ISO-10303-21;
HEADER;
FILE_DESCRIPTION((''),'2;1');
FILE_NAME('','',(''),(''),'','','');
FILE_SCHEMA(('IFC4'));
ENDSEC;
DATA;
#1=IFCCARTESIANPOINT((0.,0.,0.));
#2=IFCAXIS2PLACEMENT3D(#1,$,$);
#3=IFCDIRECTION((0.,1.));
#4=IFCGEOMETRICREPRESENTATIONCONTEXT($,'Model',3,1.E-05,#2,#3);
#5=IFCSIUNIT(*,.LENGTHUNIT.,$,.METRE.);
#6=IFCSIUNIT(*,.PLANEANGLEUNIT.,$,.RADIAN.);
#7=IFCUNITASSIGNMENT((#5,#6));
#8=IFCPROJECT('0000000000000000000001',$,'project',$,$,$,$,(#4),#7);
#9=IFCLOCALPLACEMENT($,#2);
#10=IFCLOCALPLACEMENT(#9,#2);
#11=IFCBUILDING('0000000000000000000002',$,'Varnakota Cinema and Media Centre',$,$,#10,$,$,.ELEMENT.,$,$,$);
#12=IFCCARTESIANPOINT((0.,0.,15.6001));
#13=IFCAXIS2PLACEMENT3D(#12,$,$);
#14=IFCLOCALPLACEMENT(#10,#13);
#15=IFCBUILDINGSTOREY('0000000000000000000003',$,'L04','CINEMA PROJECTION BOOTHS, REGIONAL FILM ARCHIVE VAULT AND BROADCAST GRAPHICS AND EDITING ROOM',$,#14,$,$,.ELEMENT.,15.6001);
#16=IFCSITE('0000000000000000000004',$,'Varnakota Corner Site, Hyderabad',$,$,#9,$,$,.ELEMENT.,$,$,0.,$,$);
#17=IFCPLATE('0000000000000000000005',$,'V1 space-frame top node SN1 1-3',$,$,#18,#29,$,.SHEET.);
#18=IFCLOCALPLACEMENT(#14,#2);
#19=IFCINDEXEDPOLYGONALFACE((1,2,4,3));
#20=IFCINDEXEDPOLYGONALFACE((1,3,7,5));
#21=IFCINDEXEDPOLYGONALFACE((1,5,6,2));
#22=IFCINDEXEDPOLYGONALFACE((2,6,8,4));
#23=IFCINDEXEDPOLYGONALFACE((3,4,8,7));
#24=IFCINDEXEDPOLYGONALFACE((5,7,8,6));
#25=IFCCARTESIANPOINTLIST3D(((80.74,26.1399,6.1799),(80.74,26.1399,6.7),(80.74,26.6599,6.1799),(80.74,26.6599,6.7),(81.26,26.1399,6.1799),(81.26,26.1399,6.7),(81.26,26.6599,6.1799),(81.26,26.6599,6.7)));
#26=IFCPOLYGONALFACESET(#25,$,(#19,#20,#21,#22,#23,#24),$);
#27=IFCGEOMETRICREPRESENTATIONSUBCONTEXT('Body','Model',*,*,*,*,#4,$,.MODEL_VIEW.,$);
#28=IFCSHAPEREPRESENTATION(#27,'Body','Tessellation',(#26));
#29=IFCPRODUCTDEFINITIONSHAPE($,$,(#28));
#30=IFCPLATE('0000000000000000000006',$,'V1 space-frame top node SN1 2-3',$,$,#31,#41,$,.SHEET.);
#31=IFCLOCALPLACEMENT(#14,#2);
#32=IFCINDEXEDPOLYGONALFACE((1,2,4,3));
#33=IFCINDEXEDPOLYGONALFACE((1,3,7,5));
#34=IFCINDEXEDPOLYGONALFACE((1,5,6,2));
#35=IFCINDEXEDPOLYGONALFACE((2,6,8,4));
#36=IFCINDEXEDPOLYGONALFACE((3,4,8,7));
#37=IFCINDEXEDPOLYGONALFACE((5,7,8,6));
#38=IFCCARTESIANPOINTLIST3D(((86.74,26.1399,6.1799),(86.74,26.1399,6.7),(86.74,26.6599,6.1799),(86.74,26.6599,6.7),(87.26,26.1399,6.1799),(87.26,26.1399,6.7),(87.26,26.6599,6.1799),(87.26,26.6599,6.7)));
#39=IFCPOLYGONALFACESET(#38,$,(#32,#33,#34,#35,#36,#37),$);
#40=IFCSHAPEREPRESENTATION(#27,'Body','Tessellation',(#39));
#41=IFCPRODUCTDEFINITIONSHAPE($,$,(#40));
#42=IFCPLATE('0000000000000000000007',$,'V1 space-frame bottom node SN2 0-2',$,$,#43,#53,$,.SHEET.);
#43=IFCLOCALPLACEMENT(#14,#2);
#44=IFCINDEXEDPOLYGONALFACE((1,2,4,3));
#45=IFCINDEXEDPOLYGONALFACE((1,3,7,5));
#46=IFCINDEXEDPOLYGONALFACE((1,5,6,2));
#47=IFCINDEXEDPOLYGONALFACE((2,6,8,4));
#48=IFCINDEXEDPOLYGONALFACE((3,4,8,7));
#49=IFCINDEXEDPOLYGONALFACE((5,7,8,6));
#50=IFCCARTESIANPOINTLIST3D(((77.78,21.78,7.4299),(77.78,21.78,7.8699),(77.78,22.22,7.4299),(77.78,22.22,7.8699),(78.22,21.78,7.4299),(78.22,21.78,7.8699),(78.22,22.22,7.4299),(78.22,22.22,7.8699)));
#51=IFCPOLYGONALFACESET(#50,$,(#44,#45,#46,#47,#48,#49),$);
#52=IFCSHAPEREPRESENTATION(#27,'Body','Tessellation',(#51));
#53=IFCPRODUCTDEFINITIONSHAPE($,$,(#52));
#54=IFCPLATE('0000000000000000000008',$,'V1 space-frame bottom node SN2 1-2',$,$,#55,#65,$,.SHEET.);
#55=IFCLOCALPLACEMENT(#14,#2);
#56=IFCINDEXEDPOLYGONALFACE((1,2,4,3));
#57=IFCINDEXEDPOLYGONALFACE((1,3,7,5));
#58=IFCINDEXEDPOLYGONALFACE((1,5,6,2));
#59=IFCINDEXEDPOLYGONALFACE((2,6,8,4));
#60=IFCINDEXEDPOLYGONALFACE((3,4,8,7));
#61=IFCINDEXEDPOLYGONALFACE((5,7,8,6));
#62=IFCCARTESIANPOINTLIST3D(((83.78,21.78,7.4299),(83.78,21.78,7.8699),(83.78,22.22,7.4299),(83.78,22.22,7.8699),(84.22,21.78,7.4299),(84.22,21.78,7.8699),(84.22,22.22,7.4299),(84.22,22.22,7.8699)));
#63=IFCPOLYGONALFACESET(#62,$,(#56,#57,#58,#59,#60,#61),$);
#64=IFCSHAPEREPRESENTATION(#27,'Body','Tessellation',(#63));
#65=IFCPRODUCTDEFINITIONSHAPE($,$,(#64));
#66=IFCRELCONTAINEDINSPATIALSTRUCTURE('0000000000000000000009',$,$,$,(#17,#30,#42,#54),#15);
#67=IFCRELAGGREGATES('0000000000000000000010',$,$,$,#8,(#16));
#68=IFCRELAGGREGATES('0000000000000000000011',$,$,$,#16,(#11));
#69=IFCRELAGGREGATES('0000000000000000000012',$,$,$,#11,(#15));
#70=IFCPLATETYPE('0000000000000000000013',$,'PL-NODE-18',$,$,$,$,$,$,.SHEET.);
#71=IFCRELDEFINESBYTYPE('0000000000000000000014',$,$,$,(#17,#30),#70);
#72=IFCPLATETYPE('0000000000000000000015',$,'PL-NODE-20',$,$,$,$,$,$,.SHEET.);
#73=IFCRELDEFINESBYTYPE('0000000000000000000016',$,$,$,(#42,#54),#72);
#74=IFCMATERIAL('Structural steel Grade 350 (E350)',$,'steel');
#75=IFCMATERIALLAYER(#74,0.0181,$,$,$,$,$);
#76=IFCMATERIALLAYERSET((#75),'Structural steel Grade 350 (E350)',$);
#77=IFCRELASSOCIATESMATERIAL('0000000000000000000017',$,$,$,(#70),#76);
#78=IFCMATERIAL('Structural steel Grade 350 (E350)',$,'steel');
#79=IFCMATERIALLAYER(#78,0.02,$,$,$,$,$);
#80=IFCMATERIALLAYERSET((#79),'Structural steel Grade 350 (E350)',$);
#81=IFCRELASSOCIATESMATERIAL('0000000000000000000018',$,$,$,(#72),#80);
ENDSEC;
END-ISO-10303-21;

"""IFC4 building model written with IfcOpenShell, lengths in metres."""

from ifc_helpers import new_model, si_unit, direction, frame, origin, origin_2d, place, context, subcontext, project, spatial, rectangle, extrude, material, layer, layer_set, type_object, element, save


model = new_model("IFC4")

# Units and contexts
model_context = context("Model", 3, precision=1e-05, world=origin(), true_north=direction((0.0, 1.0)))
body_context = subcontext(model_context, "Body", "Model", "MODEL_VIEW")
ifc_project = project(units=[si_unit("LENGTHUNIT", "METRE"), si_unit("PLANEANGLEUNIT", "RADIAN")], contexts=[model_context])

# Site, building, storey
site_placement = place(None, origin())
site = spatial("IfcSite", under=ifc_project, at=site_placement, Name="Varnakota Corner Site, Hyderabad", CompositionType="ELEMENT", RefElevation=0.0)
building_placement = place(site_placement, origin())
building = spatial("IfcBuilding", under=site, at=building_placement, Name="Varnakota Cinema and Media Centre", CompositionType="ELEMENT")
storey_placement = place(building_placement, frame((0.0, 0.0, 15.6001)))
storey = spatial("IfcBuildingStorey", under=building, at=storey_placement, Name="L04", Description="CINEMA PROJECTION BOOTHS, REGIONAL FILM ARCHIVE VAULT AND BROADCAST GRAPHICS AND EDITING ROOM", CompositionType="ELEMENT", Elevation=15.6001)

# Plates
ifc_material_1 = material(Name="Structural steel Grade 350 (E350)", Category="steel")
ifc_layer_1 = layer(ifc_material_1, 0.0181)
ifc_layer_set_1 = layer_set([ifc_layer_1], Name="Structural steel Grade 350 (E350)")
plate_type_1 = type_object("IfcPlateType", Name="PL-NODE-18", PredefinedType="SHEET", material=ifc_layer_set_1)
for number, where, z_axis, x_axis, name in (
    (1, (81.0, 26.3999, 6.1799), (0.0, 0.0, 1.0), (1.0, 0.0, 0.0), "V1 space-frame top node SN1 1-3"),
    (2, (87.0, 26.3999, 6.1799), (0.0, 0.0, 1.0), (1.0, 0.0, 0.0), "V1 space-frame top node SN1 2-3"),
):
    element("IfcPlate", number, at=place(storey_placement, frame(where, z_axis=z_axis, x_axis=x_axis)), inside=storey, type_object=plate_type_1, Name=name, PredefinedType="SHEET", context=body_context, shape_type="SweptSolid", body=[
        extrude(rectangle(XDim=0.52, YDim=0.52, at=origin_2d()), origin(), (0.0, 0.0, 1.0), 0.52),
    ])
ifc_material_2 = material(Name="Structural steel Grade 350 (E350)", Category="steel")
ifc_layer_2 = layer(ifc_material_2, 0.02)
ifc_layer_set_2 = layer_set([ifc_layer_2], Name="Structural steel Grade 350 (E350)")
plate_type_2 = type_object("IfcPlateType", Name="PL-NODE-20", PredefinedType="SHEET", material=ifc_layer_set_2)
for number, where, z_axis, x_axis, name in (
    (3, (78.0, 22.0, 7.4299), (0.0, 0.0, 1.0), (1.0, 0.0, 0.0), "V1 space-frame bottom node SN2 0-2"),
    (4, (84.0, 22.0, 7.4299), (0.0, 0.0, 1.0), (1.0, 0.0, 0.0), "V1 space-frame bottom node SN2 1-2"),
):
    element("IfcPlate", number, at=place(storey_placement, frame(where, z_axis=z_axis, x_axis=x_axis)), inside=storey, type_object=plate_type_2, Name=name, PredefinedType="SHEET", context=body_context, shape_type="SweptSolid", body=[
        extrude(rectangle(XDim=0.4399, YDim=0.4399, at=origin_2d()), origin(), (0.0, 0.0, 1.0), 0.4399),
    ])

save(model, "model.ifc")
